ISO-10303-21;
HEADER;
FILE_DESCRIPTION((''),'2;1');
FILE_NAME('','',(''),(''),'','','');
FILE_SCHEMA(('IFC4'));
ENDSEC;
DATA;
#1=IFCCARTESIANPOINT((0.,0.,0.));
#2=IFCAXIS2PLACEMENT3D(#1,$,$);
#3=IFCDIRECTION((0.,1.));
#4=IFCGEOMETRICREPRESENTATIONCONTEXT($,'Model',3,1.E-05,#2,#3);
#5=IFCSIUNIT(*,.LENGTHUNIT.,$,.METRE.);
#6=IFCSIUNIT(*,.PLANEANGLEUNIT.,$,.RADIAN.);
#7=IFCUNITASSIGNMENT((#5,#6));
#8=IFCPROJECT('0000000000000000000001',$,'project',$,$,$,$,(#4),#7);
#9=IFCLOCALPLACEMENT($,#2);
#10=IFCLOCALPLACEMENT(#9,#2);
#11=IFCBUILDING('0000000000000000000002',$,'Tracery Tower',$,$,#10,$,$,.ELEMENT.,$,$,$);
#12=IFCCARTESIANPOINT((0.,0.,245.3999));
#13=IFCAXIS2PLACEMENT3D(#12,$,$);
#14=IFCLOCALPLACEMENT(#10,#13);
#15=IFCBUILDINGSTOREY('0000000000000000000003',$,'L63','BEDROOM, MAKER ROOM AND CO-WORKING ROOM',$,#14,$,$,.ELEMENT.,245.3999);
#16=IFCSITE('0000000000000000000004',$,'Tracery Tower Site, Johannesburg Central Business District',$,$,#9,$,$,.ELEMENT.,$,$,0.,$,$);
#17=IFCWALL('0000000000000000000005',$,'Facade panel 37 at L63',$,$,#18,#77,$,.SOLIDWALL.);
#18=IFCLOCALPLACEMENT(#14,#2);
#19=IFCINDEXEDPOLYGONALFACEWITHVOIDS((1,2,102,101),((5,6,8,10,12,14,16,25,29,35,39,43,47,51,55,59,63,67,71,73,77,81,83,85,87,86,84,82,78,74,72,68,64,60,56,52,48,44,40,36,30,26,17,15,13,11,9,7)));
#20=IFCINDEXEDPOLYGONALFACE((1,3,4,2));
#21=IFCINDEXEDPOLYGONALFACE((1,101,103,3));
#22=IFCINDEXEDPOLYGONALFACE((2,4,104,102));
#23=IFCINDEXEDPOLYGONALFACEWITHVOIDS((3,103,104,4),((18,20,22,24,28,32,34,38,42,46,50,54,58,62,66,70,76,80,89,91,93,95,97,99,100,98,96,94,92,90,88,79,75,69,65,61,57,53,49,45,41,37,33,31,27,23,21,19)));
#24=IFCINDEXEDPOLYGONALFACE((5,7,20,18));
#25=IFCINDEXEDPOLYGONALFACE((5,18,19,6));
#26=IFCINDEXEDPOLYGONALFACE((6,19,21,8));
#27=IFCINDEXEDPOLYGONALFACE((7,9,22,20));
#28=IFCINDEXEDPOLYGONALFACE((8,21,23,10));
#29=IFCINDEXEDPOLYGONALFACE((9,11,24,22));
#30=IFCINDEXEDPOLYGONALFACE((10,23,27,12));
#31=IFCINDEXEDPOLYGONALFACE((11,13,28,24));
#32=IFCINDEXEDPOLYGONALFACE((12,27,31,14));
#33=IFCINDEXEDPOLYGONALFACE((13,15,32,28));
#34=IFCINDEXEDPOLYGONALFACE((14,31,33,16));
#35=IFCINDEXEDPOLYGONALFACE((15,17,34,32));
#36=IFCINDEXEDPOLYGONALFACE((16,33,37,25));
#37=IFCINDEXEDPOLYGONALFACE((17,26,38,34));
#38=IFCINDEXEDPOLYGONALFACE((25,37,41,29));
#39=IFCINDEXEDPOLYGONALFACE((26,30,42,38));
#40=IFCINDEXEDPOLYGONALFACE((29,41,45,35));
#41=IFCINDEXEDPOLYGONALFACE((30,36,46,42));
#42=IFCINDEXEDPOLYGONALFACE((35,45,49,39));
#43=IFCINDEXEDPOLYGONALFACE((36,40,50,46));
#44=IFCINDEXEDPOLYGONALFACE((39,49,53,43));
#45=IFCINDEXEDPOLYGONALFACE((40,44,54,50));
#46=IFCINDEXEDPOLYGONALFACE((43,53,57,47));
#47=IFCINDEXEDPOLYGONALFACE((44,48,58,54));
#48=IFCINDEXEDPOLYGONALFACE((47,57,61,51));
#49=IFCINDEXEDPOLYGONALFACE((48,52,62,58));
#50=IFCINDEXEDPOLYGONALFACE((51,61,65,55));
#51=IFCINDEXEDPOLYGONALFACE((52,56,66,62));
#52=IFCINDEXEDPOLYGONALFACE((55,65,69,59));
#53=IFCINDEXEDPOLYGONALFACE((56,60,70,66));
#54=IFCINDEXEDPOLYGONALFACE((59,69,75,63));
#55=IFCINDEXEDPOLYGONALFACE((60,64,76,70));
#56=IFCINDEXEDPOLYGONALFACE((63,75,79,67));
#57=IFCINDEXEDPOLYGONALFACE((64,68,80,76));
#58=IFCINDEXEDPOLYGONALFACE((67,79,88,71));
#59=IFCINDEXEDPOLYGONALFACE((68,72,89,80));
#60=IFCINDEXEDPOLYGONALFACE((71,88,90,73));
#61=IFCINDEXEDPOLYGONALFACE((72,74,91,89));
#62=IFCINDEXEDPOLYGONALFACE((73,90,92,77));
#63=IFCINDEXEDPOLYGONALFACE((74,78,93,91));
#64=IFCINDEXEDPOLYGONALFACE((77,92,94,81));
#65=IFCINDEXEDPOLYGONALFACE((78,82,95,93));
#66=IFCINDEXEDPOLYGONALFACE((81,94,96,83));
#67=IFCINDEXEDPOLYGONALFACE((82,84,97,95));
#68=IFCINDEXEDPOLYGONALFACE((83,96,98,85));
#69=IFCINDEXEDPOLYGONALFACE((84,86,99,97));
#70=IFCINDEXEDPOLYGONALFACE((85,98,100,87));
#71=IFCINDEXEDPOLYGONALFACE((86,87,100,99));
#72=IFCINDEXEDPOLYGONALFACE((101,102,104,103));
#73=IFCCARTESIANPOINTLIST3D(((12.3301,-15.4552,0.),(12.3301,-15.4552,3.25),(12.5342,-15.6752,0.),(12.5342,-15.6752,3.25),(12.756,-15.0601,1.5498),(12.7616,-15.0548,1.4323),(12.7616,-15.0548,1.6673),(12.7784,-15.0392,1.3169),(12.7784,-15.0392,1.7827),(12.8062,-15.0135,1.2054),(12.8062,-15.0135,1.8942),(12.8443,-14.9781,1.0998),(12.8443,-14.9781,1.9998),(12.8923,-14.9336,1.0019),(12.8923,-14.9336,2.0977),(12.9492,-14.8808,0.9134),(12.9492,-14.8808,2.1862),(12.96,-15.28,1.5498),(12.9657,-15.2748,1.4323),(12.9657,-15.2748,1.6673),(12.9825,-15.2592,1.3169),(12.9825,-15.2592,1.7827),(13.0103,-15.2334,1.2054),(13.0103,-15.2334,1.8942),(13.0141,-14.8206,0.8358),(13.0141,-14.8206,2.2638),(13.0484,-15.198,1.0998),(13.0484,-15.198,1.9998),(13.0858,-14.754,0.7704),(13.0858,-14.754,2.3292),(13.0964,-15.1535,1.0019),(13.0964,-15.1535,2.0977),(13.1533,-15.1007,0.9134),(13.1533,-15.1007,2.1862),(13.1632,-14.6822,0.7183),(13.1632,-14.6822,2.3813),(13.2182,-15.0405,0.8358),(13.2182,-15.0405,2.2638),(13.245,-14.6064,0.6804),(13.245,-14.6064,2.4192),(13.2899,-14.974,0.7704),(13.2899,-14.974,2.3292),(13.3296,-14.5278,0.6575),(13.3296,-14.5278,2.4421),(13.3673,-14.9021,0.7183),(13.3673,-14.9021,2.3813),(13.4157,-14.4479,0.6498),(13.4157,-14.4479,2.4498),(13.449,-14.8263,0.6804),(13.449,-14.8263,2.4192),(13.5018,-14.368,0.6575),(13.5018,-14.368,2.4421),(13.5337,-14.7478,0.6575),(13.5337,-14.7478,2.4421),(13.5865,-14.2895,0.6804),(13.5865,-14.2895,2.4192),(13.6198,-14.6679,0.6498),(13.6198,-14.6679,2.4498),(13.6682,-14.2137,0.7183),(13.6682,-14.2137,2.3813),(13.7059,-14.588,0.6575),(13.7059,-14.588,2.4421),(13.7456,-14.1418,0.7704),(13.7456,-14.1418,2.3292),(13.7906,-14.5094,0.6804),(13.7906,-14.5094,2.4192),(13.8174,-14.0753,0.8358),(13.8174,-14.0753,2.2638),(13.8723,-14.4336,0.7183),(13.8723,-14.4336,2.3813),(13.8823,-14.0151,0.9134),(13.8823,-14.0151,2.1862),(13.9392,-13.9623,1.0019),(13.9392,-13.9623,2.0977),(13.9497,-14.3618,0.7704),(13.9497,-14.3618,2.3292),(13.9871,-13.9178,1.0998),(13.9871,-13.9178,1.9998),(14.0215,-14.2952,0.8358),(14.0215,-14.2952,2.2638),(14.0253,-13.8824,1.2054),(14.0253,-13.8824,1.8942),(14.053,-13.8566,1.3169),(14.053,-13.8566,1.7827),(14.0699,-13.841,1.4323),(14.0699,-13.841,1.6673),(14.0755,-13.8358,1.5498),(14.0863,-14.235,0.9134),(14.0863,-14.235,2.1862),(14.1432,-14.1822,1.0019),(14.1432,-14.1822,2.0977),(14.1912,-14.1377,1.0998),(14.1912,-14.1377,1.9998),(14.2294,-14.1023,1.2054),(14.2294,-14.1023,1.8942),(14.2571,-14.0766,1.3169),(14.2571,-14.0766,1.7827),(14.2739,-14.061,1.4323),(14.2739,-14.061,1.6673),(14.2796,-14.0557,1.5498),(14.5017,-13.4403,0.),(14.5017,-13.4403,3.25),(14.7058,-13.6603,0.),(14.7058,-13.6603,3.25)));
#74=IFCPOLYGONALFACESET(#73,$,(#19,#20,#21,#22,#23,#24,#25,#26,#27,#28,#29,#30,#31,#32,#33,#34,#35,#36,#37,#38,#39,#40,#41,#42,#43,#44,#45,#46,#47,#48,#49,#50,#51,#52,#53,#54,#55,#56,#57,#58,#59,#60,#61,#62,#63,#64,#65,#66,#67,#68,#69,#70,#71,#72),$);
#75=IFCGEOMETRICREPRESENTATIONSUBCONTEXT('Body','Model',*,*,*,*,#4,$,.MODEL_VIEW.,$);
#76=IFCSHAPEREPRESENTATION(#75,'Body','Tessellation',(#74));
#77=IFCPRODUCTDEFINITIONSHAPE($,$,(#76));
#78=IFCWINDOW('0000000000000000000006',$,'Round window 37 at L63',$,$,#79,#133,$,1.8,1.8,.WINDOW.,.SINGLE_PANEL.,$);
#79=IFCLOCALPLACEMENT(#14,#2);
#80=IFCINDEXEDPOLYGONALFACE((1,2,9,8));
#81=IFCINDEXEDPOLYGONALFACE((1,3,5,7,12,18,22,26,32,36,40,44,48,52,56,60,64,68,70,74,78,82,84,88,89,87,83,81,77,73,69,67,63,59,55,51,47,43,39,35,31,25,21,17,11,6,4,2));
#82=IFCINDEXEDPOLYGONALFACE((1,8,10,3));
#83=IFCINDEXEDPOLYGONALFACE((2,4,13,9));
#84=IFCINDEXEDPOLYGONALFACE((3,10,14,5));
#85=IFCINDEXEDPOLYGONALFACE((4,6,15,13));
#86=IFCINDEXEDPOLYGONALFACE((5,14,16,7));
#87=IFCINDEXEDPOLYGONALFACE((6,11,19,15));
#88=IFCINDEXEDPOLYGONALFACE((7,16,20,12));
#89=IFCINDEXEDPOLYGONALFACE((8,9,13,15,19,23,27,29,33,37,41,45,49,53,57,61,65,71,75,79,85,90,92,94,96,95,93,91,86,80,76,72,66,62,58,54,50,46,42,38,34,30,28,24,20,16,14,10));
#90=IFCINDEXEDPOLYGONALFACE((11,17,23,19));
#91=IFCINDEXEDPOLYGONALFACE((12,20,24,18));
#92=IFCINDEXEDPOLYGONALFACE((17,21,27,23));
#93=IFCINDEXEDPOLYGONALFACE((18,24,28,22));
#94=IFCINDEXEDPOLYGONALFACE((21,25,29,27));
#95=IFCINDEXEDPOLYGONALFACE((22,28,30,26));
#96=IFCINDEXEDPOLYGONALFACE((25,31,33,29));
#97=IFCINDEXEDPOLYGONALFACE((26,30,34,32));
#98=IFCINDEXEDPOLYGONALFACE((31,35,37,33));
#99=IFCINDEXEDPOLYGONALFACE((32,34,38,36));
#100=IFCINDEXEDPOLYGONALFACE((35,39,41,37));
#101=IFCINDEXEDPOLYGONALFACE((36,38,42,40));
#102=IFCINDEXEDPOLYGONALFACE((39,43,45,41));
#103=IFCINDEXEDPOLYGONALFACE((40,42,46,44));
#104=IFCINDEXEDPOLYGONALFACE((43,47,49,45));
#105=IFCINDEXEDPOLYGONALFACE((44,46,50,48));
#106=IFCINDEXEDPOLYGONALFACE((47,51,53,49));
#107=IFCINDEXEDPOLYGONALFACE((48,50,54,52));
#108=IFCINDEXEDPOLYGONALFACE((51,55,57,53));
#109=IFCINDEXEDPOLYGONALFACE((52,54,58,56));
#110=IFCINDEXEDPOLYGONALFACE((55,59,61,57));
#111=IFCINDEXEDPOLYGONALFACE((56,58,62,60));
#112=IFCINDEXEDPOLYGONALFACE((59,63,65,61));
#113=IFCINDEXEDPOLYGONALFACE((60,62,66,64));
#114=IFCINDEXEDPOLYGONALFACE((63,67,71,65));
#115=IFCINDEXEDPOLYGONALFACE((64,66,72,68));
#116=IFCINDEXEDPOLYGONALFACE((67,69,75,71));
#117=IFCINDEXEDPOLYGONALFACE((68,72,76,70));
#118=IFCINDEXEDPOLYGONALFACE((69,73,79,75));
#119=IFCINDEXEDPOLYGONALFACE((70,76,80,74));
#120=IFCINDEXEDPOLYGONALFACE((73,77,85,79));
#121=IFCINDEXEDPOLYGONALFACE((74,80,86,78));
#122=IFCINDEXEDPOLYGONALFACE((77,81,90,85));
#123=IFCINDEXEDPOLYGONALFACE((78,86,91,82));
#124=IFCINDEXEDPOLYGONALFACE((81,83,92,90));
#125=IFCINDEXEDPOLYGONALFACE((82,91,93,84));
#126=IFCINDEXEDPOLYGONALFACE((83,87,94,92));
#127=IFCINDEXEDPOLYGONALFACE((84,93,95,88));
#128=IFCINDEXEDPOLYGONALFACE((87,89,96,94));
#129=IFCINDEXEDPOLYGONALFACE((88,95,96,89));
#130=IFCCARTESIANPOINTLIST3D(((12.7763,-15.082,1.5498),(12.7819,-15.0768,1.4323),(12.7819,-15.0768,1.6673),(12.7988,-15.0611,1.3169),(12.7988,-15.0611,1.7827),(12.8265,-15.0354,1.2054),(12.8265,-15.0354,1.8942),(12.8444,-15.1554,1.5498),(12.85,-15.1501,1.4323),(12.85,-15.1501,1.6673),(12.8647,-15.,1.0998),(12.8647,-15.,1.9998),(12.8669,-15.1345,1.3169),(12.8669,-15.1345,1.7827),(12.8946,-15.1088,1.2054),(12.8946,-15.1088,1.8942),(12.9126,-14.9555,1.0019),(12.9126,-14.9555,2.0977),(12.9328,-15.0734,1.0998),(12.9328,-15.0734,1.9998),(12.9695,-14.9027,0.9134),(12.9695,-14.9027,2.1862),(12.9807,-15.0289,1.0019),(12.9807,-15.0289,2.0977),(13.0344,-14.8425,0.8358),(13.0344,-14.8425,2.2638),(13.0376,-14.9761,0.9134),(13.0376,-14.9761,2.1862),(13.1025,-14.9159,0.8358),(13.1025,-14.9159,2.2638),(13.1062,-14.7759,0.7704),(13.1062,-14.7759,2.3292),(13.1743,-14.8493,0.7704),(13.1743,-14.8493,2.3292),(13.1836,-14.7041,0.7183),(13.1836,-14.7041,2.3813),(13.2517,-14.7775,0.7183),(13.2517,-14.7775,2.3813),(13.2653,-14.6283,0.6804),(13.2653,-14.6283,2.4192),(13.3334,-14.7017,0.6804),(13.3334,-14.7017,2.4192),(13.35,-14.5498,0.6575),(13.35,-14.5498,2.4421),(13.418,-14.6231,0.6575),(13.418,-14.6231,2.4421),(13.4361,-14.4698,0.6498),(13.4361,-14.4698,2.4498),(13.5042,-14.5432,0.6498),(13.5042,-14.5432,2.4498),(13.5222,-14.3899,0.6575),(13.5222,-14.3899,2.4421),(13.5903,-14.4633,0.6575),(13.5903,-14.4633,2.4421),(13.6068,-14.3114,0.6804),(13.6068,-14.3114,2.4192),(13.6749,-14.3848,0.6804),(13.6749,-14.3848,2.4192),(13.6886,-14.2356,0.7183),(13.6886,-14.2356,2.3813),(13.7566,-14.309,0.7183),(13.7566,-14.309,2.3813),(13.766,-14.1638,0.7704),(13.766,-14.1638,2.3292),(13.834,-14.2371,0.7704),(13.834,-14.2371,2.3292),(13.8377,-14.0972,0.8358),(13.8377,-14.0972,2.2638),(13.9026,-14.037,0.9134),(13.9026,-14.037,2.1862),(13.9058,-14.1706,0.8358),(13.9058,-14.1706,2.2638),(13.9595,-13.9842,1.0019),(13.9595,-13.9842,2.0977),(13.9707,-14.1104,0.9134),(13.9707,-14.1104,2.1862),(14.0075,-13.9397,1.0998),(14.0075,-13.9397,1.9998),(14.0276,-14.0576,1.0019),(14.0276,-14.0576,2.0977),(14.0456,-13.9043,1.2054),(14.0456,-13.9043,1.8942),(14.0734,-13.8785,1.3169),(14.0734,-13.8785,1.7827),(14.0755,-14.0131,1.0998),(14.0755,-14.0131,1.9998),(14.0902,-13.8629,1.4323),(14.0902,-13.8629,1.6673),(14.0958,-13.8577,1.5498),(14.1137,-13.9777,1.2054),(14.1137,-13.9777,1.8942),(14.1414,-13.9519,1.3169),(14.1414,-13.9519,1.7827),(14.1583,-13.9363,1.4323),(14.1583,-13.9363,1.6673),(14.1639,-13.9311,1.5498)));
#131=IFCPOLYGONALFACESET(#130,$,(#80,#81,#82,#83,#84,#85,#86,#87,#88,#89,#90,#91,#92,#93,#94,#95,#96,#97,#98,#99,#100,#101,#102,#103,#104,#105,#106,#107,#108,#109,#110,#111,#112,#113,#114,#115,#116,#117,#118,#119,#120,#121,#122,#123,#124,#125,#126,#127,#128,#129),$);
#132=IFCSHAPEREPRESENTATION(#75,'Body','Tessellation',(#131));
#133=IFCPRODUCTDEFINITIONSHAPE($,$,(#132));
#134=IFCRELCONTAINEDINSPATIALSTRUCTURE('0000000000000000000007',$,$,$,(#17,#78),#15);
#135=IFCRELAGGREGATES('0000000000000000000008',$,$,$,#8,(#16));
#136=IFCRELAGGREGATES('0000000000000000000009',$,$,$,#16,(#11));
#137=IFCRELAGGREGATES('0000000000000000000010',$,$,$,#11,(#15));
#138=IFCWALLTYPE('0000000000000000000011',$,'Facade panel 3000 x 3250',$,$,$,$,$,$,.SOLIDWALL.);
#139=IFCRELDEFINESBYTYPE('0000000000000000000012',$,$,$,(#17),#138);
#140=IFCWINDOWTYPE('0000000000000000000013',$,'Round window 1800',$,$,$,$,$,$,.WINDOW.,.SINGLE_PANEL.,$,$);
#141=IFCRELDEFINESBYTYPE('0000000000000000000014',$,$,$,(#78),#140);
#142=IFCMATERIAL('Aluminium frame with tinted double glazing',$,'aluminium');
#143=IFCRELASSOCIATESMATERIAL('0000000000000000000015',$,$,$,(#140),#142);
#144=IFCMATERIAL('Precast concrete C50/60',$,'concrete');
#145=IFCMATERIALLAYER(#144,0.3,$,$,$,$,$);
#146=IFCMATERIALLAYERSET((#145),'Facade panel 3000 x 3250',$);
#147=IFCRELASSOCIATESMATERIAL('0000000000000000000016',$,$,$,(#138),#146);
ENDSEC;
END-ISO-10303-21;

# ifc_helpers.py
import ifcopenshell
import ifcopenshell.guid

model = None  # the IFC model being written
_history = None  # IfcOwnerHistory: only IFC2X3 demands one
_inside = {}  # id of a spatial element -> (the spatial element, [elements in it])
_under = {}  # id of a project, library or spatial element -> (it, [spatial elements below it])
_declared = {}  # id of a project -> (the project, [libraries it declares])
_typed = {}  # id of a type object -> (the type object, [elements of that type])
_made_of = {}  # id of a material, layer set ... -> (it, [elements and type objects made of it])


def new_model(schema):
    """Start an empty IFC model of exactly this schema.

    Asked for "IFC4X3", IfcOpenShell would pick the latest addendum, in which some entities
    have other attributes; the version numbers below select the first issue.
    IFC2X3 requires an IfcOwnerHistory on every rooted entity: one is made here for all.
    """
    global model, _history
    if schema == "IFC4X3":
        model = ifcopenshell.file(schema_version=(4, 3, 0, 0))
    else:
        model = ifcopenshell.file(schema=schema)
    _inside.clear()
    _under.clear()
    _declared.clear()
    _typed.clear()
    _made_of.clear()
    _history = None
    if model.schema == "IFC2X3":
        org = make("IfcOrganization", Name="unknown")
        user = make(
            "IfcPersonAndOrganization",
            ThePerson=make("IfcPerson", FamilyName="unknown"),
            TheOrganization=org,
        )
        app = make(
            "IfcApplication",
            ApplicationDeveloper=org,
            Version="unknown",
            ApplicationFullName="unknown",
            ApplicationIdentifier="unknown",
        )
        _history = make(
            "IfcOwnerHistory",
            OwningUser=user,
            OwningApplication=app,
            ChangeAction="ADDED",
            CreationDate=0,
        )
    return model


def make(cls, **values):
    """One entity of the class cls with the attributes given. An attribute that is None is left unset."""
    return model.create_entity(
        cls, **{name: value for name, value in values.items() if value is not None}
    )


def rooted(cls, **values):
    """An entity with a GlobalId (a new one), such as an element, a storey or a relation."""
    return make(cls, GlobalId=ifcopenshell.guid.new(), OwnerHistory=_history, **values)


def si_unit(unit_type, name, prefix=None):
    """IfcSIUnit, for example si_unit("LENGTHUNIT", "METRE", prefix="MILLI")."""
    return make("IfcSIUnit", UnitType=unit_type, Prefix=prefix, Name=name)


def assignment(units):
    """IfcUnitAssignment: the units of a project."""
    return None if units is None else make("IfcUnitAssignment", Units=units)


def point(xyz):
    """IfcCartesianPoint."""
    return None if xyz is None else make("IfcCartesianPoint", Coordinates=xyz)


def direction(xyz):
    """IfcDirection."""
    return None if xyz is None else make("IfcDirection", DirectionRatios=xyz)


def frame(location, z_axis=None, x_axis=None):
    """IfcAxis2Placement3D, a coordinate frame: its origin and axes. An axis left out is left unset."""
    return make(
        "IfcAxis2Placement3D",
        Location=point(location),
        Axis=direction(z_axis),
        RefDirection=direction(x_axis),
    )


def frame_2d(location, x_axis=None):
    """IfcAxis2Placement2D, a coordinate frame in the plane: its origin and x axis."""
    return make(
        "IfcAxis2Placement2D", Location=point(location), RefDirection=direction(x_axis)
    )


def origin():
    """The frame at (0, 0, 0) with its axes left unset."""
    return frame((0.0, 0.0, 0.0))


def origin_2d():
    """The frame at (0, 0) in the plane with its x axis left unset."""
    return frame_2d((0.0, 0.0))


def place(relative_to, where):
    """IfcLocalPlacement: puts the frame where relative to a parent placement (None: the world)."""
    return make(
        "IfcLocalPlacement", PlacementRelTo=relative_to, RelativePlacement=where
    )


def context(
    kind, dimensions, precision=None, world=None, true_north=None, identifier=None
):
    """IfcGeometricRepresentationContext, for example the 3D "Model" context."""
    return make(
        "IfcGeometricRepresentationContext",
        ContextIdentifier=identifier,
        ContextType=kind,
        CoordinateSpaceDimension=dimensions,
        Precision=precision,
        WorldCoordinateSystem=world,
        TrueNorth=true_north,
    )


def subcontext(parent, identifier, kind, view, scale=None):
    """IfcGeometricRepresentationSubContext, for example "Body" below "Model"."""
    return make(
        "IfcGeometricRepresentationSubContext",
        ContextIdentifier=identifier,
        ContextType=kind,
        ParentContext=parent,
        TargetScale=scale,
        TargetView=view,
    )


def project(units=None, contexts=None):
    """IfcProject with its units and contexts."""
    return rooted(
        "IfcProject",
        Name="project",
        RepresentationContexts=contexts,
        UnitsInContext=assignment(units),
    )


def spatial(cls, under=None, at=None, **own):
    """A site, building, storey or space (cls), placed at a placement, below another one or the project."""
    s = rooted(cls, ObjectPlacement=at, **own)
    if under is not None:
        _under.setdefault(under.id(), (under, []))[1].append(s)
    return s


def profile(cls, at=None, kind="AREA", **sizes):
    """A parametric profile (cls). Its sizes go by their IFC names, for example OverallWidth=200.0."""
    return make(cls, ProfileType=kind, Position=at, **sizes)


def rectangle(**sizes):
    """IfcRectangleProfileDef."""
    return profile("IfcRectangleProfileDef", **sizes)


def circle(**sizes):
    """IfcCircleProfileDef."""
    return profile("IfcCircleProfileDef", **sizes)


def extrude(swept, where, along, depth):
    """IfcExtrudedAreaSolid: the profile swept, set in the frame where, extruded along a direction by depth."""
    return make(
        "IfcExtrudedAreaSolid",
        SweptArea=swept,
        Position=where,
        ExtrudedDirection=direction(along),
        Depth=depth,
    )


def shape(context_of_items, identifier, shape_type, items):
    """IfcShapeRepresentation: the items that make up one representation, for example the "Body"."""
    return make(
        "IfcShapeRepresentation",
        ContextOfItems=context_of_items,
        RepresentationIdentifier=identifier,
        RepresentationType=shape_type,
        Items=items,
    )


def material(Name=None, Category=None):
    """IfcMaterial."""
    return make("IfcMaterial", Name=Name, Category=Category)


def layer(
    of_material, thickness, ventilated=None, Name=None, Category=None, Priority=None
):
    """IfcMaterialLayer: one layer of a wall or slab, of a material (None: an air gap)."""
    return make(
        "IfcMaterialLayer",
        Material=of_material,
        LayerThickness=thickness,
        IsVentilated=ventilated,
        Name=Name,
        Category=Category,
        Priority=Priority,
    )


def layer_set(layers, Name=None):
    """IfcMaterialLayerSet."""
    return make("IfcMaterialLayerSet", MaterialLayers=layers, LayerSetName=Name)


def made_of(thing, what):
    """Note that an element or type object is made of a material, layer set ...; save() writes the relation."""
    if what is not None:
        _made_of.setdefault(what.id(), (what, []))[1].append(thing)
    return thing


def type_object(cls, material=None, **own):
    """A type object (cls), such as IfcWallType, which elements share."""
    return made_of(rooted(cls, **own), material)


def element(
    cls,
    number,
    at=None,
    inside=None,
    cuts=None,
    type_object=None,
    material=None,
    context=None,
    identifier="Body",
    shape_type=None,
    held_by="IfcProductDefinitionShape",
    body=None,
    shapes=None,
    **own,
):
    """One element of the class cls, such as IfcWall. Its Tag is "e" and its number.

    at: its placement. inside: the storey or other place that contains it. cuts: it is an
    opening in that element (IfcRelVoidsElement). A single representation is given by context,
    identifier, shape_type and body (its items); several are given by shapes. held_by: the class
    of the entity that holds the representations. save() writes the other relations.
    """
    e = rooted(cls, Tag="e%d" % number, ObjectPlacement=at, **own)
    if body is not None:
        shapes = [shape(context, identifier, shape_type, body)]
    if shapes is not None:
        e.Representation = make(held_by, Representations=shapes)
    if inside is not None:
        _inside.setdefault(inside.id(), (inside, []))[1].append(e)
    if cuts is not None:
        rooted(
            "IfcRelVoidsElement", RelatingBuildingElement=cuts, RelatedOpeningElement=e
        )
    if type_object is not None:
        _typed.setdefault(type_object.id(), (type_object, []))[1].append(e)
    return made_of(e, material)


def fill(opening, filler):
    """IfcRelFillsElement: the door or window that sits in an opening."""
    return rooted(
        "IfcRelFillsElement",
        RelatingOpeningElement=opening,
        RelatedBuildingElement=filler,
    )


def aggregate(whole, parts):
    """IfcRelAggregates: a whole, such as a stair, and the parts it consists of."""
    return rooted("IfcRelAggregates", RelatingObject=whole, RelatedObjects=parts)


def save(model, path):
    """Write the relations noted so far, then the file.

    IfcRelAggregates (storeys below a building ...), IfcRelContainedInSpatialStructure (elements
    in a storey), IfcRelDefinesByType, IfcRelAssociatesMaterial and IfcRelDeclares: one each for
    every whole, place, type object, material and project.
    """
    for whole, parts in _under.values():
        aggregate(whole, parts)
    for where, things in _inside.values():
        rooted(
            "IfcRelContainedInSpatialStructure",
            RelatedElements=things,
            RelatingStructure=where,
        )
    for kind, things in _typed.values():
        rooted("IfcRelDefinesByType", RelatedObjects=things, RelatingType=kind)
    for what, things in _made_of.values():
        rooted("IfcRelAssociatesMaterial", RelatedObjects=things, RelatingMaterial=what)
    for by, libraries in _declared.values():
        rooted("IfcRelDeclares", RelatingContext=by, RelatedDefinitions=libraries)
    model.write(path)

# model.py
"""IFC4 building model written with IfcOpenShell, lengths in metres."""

from ifc_helpers import new_model, si_unit, direction, frame, frame_2d, origin, origin_2d, place, context, subcontext, project, spatial, rectangle, circle, extrude, material, layer, layer_set, type_object, element, fill, save


model = new_model("IFC4")

# Units and contexts
model_context = context("Model", 3, precision=1e-05, world=origin(), true_north=direction((0.0, 1.0)))
body_context = subcontext(model_context, "Body", "Model", "MODEL_VIEW")
ifc_project = project(units=[si_unit("LENGTHUNIT", "METRE"), si_unit("PLANEANGLEUNIT", "RADIAN")], contexts=[model_context])

# Site, building, storey
site_placement = place(None, origin())
site = spatial("IfcSite", under=ifc_project, at=site_placement, Name="Tracery Tower Site, Johannesburg Central Business District", CompositionType="ELEMENT", RefElevation=0.0)
building_placement = place(site_placement, origin())
building = spatial("IfcBuilding", under=site, at=building_placement, Name="Tracery Tower", CompositionType="ELEMENT")
storey_placement = place(building_placement, frame((0.0, 0.0, 245.3999)))
storey = spatial("IfcBuildingStorey", under=building, at=storey_placement, Name="L63", Description="BEDROOM, MAKER ROOM AND CO-WORKING ROOM", CompositionType="ELEMENT", Elevation=245.3999)

# Wall, opening, window
ifc_material_1 = material(Name="Aluminium frame with tinted double glazing", Category="aluminium")
window_type = type_object("IfcWindowType", Name="Round window 1800", PartitioningType="SINGLE_PANEL", PredefinedType="WINDOW", material=ifc_material_1)
ifc_material_2 = material(Name="Precast concrete C50/60", Category="concrete")
ifc_layer_1 = layer(ifc_material_2, 0.3)
ifc_layer_set_1 = layer_set([ifc_layer_1], Name="Facade panel 3000 x 3250")
wall_type_1 = type_object("IfcWallType", Name="Facade panel 3000 x 3250", PredefinedType="SOLIDWALL", material=ifc_layer_set_1)
wall_1_placement = place(storey_placement, frame((12.4321, -15.5652, 0.0), z_axis=(0.0, 0.0, 1.0), x_axis=(0.733066, 0.680157, 0.0)))
wall_1 = element("IfcWall", 1, at=wall_1_placement, inside=storey, type_object=wall_type_1, Name="Facade panel 37 at L63", PredefinedType="SOLIDWALL", context=body_context, shape_type="SweptSolid", body=[
    extrude(rectangle(XDim=2.9624, YDim=0.3, at=frame_2d((1.4812, 0.0))), origin(), (0.0, 0.0, 1.0), 3.25),
])
opening_1_placement = place(wall_1_placement, frame((1.481, 0.0, 1.5498)))
opening_1 = element("IfcOpeningElement", 2, at=opening_1_placement, cuts=wall_1, PredefinedType="OPENING", context=body_context, shape_type="SweptSolid", body=[
    extrude(circle(Radius=0.9, at=origin_2d()), frame((0.0, 0.1599, 0.0), z_axis=(0.0, -1.0, 0.0), x_axis=(1.0, 0.0, 0.0)), (0.0, 0.0, 1.0), 0.3201),
])
window_1_placement = place(opening_1_placement, origin())
window_1 = element("IfcWindow", 3, at=window_1_placement, inside=storey, type_object=window_type, Name="Round window 37 at L63", OverallHeight=1.8, OverallWidth=1.8, PartitioningType="SINGLE_PANEL", PredefinedType="WINDOW", context=body_context, shape_type="SweptSolid", body=[
    extrude(circle(Radius=0.9, at=origin_2d()), frame((0.0, 0.1201, 0.0), z_axis=(0.0, -1.0, 0.0), x_axis=(1.0, 0.0, 0.0)), (0.0, 0.0, 1.0), 0.1001),
])
fill(opening_1, window_1)

save(model, "model.ifc")
